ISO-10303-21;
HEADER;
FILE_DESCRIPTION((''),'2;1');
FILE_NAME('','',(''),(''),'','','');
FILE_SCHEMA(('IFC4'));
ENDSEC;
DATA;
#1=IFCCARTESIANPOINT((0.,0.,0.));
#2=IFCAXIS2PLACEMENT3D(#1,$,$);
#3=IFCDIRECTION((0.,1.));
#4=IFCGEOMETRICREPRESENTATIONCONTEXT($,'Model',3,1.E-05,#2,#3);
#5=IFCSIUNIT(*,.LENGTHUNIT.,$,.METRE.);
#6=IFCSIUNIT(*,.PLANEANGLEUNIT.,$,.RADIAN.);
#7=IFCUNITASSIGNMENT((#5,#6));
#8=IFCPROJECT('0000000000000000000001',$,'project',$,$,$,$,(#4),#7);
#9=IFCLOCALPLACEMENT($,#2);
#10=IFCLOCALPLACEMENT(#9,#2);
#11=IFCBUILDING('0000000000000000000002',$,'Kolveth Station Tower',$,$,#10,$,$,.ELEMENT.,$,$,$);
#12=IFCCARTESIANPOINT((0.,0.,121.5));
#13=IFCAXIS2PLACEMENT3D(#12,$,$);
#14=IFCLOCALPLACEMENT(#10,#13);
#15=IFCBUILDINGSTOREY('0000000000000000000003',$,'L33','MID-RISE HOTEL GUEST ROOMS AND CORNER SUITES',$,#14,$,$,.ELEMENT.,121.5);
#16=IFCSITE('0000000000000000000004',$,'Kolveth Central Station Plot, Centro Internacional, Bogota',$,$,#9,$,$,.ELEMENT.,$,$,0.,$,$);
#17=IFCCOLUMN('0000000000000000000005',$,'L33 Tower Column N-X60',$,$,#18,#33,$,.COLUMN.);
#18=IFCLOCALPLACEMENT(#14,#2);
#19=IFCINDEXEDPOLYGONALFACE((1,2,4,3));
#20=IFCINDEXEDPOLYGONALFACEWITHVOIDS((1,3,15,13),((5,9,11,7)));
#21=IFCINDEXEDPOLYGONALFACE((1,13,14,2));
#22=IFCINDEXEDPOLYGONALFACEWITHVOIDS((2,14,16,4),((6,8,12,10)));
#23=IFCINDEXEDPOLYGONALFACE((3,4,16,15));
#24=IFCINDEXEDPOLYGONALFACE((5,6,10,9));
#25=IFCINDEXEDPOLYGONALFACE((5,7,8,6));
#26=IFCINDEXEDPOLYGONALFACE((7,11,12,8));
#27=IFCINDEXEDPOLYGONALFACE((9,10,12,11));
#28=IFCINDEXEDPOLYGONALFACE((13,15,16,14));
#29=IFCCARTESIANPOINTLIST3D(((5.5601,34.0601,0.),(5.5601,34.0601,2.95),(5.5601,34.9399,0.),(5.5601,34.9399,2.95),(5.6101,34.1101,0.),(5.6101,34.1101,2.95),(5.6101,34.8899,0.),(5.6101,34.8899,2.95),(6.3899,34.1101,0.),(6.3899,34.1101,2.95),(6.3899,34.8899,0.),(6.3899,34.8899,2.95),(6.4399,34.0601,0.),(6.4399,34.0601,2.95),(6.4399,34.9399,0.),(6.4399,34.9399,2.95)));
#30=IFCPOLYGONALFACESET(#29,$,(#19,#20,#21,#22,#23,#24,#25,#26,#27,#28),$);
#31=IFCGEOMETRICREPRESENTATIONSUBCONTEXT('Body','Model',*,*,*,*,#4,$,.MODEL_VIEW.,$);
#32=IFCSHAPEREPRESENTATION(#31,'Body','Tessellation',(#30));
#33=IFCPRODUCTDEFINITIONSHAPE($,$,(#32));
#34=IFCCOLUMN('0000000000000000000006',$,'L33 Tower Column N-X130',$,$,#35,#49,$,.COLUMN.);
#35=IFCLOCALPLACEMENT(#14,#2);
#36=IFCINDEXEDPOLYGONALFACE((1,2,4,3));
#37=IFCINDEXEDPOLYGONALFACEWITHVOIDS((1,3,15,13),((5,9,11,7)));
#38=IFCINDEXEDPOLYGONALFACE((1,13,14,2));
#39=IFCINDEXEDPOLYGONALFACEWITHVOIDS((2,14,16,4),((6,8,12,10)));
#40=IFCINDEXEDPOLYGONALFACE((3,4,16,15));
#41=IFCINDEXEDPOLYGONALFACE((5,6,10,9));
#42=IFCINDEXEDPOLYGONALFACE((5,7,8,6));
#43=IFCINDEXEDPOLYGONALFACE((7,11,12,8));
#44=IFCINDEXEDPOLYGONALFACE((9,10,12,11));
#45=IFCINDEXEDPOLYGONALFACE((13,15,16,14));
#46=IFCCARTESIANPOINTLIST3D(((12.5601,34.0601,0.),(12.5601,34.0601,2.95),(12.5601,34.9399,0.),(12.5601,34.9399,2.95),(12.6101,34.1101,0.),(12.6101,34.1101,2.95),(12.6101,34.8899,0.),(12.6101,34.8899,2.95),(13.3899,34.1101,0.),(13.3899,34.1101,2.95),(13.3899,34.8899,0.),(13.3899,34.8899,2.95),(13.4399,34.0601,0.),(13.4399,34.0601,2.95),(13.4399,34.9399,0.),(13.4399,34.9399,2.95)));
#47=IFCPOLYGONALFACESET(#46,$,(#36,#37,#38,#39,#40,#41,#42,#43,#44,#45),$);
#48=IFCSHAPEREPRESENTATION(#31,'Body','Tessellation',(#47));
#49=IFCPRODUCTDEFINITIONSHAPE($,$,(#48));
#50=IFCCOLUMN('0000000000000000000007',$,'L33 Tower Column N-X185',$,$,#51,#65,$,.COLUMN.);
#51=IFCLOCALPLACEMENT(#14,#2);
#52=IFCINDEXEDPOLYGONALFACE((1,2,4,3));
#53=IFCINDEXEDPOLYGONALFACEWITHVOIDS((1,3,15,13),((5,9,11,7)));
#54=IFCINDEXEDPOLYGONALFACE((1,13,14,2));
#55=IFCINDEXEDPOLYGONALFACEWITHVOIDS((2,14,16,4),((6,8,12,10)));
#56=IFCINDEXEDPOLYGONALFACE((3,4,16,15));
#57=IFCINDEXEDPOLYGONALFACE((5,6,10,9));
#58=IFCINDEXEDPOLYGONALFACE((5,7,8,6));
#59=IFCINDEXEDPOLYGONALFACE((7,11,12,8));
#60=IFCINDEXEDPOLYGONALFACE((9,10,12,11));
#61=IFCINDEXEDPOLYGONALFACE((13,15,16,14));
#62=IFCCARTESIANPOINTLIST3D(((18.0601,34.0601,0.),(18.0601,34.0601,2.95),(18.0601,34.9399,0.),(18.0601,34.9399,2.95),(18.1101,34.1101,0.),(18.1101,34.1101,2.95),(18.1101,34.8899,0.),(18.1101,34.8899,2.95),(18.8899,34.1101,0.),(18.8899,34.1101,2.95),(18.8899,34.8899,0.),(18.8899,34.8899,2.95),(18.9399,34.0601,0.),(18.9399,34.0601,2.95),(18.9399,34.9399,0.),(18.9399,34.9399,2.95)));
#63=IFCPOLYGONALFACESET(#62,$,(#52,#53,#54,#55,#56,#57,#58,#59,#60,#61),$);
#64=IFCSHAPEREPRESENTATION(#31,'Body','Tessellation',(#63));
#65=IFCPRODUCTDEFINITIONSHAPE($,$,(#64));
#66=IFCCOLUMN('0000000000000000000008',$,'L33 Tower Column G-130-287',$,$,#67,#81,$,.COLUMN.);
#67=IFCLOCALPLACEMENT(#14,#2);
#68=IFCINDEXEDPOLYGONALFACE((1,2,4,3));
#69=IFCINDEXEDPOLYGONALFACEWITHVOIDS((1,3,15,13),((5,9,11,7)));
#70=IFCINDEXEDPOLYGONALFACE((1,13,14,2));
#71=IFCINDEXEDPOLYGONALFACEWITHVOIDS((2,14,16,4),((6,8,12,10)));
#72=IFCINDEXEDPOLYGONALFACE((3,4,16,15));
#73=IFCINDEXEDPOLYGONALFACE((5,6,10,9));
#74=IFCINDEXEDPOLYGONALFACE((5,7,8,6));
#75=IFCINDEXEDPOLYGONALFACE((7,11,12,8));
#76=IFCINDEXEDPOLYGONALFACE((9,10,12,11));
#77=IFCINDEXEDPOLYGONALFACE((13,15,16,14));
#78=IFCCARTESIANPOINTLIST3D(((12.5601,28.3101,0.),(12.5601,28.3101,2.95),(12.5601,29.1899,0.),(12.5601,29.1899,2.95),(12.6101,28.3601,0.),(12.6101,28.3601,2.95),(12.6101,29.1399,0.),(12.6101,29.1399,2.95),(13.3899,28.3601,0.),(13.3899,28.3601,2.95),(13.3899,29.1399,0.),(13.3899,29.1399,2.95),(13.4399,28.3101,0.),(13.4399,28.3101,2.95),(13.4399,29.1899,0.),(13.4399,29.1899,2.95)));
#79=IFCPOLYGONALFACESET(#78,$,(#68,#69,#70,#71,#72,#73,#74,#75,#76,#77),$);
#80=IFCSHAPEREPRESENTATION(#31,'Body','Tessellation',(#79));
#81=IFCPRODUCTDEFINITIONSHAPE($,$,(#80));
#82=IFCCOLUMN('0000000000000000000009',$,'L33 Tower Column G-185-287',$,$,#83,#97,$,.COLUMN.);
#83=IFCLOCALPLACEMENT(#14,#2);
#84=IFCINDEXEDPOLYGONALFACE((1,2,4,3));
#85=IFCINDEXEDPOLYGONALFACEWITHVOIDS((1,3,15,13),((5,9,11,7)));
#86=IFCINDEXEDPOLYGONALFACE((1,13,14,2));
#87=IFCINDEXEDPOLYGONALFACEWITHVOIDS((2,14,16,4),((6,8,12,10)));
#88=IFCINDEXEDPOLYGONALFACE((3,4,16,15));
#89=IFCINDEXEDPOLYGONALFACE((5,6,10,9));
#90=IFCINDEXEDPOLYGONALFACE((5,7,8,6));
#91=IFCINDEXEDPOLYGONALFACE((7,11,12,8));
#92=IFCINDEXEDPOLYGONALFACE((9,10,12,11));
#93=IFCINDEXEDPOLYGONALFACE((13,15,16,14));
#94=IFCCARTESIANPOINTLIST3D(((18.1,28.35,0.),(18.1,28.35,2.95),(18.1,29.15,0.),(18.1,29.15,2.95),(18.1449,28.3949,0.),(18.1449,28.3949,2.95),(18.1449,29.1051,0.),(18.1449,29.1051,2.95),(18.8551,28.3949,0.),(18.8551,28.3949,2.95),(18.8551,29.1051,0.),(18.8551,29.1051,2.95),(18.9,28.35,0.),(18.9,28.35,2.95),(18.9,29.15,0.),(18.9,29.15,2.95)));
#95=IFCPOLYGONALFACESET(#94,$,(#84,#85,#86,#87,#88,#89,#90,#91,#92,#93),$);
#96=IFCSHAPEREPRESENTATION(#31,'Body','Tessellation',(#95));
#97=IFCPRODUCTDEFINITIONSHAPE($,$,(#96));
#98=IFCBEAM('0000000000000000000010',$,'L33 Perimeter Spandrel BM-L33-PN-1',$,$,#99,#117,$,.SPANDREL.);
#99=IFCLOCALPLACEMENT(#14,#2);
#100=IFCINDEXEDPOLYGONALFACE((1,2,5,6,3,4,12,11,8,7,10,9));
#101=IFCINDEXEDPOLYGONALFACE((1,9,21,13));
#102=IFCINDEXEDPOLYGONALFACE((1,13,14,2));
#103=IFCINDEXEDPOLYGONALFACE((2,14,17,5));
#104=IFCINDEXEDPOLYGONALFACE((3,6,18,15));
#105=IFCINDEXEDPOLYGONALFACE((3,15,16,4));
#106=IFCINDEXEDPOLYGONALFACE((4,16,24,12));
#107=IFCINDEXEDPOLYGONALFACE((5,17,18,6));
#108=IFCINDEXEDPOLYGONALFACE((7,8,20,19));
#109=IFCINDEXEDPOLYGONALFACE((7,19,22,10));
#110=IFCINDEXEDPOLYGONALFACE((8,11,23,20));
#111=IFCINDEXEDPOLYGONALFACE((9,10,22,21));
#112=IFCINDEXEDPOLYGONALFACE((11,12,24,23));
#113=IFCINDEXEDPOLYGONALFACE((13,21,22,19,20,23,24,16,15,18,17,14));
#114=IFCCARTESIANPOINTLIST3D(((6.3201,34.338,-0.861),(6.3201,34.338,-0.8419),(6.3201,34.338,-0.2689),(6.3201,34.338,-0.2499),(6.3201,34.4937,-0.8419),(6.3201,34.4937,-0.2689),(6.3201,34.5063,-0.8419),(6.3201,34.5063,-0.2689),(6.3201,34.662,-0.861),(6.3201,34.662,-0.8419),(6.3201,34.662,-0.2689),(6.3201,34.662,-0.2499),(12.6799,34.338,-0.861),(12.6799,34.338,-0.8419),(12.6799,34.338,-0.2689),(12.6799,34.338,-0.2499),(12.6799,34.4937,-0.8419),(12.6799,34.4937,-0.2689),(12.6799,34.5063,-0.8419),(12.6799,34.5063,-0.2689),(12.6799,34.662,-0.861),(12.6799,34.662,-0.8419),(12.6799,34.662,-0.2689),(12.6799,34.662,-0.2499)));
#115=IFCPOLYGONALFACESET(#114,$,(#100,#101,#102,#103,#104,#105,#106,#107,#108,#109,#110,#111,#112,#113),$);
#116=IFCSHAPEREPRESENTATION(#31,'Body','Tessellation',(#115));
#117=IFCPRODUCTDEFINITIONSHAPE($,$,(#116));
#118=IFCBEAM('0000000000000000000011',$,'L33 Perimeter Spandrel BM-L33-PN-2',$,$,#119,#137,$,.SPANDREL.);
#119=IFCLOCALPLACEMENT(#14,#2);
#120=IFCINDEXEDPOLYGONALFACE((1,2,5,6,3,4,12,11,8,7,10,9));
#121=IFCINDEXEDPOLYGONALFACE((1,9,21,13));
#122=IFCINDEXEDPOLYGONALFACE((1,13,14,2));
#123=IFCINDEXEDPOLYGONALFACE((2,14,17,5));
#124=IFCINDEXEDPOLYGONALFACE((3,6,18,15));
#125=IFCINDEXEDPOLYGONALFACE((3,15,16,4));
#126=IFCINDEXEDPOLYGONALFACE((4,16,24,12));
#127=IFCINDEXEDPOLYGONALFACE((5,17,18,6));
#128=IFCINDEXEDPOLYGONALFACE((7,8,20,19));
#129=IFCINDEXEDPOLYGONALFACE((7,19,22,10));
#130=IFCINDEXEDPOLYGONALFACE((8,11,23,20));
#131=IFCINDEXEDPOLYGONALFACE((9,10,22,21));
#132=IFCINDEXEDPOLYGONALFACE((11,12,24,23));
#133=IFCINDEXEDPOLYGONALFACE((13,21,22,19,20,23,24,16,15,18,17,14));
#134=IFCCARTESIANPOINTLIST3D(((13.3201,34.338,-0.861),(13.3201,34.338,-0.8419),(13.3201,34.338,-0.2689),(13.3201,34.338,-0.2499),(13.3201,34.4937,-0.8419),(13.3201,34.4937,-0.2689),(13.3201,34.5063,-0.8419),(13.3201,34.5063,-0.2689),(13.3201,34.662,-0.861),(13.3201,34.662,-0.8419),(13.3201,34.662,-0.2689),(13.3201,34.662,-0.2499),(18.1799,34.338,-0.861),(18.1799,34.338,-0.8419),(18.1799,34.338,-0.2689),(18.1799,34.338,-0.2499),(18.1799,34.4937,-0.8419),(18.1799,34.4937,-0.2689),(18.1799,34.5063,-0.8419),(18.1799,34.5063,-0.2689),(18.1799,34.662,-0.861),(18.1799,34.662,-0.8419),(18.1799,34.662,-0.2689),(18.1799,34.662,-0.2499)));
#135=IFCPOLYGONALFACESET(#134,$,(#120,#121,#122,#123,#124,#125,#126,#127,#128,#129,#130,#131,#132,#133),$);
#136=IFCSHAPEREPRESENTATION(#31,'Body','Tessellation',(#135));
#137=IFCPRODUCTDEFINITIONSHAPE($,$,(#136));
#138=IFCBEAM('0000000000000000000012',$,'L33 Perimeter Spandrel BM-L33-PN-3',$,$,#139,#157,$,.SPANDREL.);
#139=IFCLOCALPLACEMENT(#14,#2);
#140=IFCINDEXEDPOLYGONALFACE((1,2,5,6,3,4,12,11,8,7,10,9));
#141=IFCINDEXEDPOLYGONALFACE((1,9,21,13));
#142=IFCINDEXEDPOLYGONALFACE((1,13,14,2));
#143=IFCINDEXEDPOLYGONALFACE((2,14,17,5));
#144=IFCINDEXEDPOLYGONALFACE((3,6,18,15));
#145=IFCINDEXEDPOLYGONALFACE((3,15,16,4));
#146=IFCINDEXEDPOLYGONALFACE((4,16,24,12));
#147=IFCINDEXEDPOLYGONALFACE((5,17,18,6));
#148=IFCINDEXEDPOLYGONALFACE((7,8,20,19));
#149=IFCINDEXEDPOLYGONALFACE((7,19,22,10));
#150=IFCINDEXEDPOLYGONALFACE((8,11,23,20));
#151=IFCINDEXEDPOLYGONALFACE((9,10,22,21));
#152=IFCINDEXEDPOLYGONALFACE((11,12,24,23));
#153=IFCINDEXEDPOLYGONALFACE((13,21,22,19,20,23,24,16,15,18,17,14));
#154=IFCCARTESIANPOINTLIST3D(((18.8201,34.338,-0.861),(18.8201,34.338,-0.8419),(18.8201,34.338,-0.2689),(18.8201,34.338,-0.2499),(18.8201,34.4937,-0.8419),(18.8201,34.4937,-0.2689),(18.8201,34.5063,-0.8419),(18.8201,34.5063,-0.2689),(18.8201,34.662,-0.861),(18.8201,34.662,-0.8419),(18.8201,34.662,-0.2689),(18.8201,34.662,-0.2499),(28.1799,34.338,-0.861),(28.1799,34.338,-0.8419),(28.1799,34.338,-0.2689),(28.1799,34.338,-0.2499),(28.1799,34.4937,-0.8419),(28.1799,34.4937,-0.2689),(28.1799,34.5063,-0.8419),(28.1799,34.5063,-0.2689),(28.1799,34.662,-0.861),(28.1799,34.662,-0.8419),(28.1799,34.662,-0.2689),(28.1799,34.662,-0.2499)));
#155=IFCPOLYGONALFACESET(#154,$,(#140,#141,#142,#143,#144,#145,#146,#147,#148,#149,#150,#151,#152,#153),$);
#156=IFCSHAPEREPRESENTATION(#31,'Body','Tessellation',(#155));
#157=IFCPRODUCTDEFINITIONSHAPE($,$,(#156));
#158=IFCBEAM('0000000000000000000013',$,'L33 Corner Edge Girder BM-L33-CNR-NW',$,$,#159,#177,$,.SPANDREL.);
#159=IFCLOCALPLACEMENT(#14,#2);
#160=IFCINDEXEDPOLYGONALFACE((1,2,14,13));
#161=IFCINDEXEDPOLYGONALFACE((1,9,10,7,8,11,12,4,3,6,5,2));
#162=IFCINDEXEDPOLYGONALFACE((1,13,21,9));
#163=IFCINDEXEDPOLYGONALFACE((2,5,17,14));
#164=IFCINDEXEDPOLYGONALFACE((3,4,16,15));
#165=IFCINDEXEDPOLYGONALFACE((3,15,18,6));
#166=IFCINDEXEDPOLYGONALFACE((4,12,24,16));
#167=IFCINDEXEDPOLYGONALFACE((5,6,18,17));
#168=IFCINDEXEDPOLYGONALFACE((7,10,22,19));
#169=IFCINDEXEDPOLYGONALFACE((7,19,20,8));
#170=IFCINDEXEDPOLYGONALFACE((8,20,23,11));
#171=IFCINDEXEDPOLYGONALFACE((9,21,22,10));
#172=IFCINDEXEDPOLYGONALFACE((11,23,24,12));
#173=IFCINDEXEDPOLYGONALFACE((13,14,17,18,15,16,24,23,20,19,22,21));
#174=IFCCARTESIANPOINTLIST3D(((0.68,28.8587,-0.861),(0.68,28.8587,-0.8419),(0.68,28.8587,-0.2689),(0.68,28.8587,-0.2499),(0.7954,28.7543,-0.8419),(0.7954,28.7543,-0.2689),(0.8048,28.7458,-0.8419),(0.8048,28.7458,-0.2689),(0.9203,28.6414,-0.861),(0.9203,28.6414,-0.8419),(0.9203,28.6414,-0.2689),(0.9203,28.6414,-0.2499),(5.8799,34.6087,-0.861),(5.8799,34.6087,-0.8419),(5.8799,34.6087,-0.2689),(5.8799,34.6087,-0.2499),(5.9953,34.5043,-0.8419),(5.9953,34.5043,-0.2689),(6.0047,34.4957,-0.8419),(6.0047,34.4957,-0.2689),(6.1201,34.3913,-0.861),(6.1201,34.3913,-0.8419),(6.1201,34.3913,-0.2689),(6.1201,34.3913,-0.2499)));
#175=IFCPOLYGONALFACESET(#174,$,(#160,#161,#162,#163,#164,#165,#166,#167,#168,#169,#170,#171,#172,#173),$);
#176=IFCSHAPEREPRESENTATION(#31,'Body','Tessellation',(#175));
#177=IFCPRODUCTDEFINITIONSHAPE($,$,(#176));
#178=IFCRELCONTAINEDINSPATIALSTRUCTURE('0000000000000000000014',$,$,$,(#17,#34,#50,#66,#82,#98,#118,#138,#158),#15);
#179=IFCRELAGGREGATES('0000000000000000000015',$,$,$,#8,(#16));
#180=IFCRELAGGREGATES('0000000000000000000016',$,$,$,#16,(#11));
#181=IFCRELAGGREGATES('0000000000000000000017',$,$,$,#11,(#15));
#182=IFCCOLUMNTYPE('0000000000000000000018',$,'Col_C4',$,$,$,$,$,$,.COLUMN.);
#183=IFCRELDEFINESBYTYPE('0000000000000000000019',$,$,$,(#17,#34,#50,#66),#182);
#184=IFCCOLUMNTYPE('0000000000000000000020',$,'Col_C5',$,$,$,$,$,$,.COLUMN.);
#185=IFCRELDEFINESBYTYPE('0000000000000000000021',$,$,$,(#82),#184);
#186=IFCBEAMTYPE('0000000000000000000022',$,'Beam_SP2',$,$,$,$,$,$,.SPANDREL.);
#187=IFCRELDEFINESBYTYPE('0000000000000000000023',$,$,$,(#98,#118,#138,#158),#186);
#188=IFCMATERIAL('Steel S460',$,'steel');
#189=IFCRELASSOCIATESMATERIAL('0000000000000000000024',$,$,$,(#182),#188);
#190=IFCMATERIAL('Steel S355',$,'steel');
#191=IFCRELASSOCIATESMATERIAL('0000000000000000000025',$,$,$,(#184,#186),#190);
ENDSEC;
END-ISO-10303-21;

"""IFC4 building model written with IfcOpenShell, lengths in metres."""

from ifc_helpers import new_model, si_unit, direction, frame, origin, origin_2d, place, context, subcontext, project, spatial, hollow_rectangle, i_section, extrude, source, transform, mapped, material, material_profile, profile_set, type_object, element, save


model = new_model("IFC4")

# Units and contexts
model_context = context("Model", 3, precision=1e-05, world=origin(), true_north=direction((0.0, 1.0)))
body_context = subcontext(model_context, "Body", "Model", "MODEL_VIEW")
ifc_project = project(units=[si_unit("LENGTHUNIT", "METRE"), si_unit("PLANEANGLEUNIT", "RADIAN")], contexts=[model_context])

# Site, building, storey
site_placement = place(None, origin())
site = spatial("IfcSite", under=ifc_project, at=site_placement, Name="Kolveth Central Station Plot, Centro Internacional, Bogota", CompositionType="ELEMENT", RefElevation=0.0)
building_placement = place(site_placement, origin())
building = spatial("IfcBuilding", under=site, at=building_placement, Name="Kolveth Station Tower", CompositionType="ELEMENT")
storey_placement = place(building_placement, frame((0.0, 0.0, 121.5)))
storey = spatial("IfcBuildingStorey", under=building, at=storey_placement, Name="L33", Description="MID-RISE HOTEL GUEST ROOMS AND CORNER SUITES", CompositionType="ELEMENT", Elevation=121.5)

# Columns
ifc_material_1 = material(Name="Steel S460", Category="steel")
ifc_material_profile_1 = material_profile(ifc_material_1, hollow_rectangle(XDim=0.8799, YDim=0.8799, WallThickness=0.05, at=origin_2d()), Name="BOX880x880x50")
ifc_profile_set_1 = profile_set([ifc_material_profile_1], Name="Steel S460")
column_type_1 = type_object("IfcColumnType", Name="Col_C4", PredefinedType="COLUMN", material=ifc_profile_set_1)
shared_shape_1 = source(origin(), body_context, "Body", "SweptSolid", [
    extrude(hollow_rectangle(XDim=0.8799, YDim=0.8799, WallThickness=0.05, at=origin_2d()), origin(), (0.0, 0.0, 1.0), 2.95),
])
for number, where, z_axis, x_axis, name in (
    (1, (6.0, 34.5, 0.0), (0.0, 0.0, 1.0), (1.0, 0.0, 0.0), "L33 Tower Column N-X60"),
    (2, (13.0, 34.5, 0.0), (0.0, 0.0, 1.0), (1.0, 0.0, 0.0), "L33 Tower Column N-X130"),
    (3, (18.5, 34.5, 0.0), (0.0, 0.0, 1.0), (1.0, 0.0, 0.0), "L33 Tower Column N-X185"),
    (4, (13.0, 28.75, 0.0), (0.0, 0.0, 1.0), (1.0, 0.0, 0.0), "L33 Tower Column G-130-287"),
):
    element("IfcColumn", number, at=place(storey_placement, frame(where, z_axis=z_axis, x_axis=x_axis)), inside=storey, type_object=column_type_1, Name=name, PredefinedType="COLUMN", context=body_context, shape_type="MappedRepresentation", body=[
        mapped(shared_shape_1, transform((0.0, 0.0, 0.0), x_axis=(1.0, 0.0, 0.0), y_axis=(0.0, 1.0, 0.0), z_axis=(0.0, 0.0, 1.0), scale=1.0)),
    ])
ifc_material_2 = material(Name="Steel S355", Category="steel")
ifc_material_profile_2 = material_profile(ifc_material_2, hollow_rectangle(XDim=0.8, YDim=0.8, WallThickness=0.0449, at=origin_2d()), Name="BOX800x800x45")
ifc_profile_set_2 = profile_set([ifc_material_profile_2], Name="Steel S355")
column_type_2 = type_object("IfcColumnType", Name="Col_C5", PredefinedType="COLUMN", material=ifc_profile_set_2)
shared_shape_2 = source(origin(), body_context, "Body", "SweptSolid", [
    extrude(hollow_rectangle(XDim=0.8, YDim=0.8, WallThickness=0.0449, at=origin_2d()), origin(), (0.0, 0.0, 1.0), 2.95),
])
column_placement = place(storey_placement, frame((18.5, 28.75, 0.0), z_axis=(0.0, 0.0, 1.0), x_axis=(1.0, 0.0, 0.0)))
element("IfcColumn", 5, at=column_placement, inside=storey, type_object=column_type_2, Name="L33 Tower Column G-185-287", PredefinedType="COLUMN", context=body_context, shape_type="MappedRepresentation", body=[
    mapped(shared_shape_2, transform((0.0, 0.0, 0.0), x_axis=(1.0, 0.0, 0.0), y_axis=(0.0, 1.0, 0.0), z_axis=(0.0, 0.0, 1.0), scale=1.0)),
])

# Beams
ifc_material_profile_3 = material_profile(ifc_material_2, i_section(OverallWidth=0.324, OverallDepth=0.6111, WebThickness=0.0127, FlangeThickness=0.019, at=origin_2d()), Name="W610x155")
ifc_profile_set_3 = profile_set([ifc_material_profile_3], Name="Steel S355")
beam_type_1 = type_object("IfcBeamType", Name="Beam_SP2", PredefinedType="SPANDREL", material=ifc_profile_set_3)
shared_shape_3 = source(origin(), body_context, "Body", "SweptSolid", [
    extrude(i_section(OverallWidth=0.324, OverallDepth=0.6111, WebThickness=0.0127, FlangeThickness=0.019, at=origin_2d()), origin(), (0.0, 0.0, 1.0), 6.3599),
])
beam_1_placement = place(storey_placement, frame((6.3201, 34.5, -0.5554), z_axis=(1.0, 0.0, 0.0), x_axis=(0.0, 1.0, 0.0)))
element("IfcBeam", 6, at=beam_1_placement, inside=storey, type_object=beam_type_1, Name="L33 Perimeter Spandrel BM-L33-PN-1", PredefinedType="SPANDREL", context=body_context, shape_type="MappedRepresentation", body=[
    mapped(shared_shape_3, transform((0.0, 0.0, 0.0), x_axis=(1.0, 0.0, 0.0), y_axis=(0.0, 1.0, 0.0), z_axis=(0.0, 0.0, 1.0), scale=1.0)),
])
shared_shape_4 = source(origin(), body_context, "Body", "SweptSolid", [
    extrude(i_section(OverallWidth=0.324, OverallDepth=0.6111, WebThickness=0.0127, FlangeThickness=0.019, at=origin_2d()), origin(), (0.0, 0.0, 1.0), 4.8599),
])
beam_2_placement = place(storey_placement, frame((13.3201, 34.5, -0.5554), z_axis=(1.0, 0.0, 0.0), x_axis=(0.0, 1.0, 0.0)))
element("IfcBeam", 7, at=beam_2_placement, inside=storey, type_object=beam_type_1, Name="L33 Perimeter Spandrel BM-L33-PN-2", PredefinedType="SPANDREL", context=body_context, shape_type="MappedRepresentation", body=[
    mapped(shared_shape_4, transform((0.0, 0.0, 0.0), x_axis=(1.0, 0.0, 0.0), y_axis=(0.0, 1.0, 0.0), z_axis=(0.0, 0.0, 1.0), scale=1.0)),
])
shared_shape_5 = source(origin(), body_context, "Body", "SweptSolid", [
    extrude(i_section(OverallWidth=0.324, OverallDepth=0.6111, WebThickness=0.0127, FlangeThickness=0.019, at=origin_2d()), origin(), (0.0, 0.0, 1.0), 9.3599),
])
beam_3_placement = place(storey_placement, frame((18.8201, 34.5, -0.5554), z_axis=(1.0, 0.0, 0.0), x_axis=(0.0, 1.0, 0.0)))
element("IfcBeam", 8, at=beam_3_placement, inside=storey, type_object=beam_type_1, Name="L33 Perimeter Spandrel BM-L33-PN-3", PredefinedType="SPANDREL", context=body_context, shape_type="MappedRepresentation", body=[
    mapped(shared_shape_5, transform((0.0, 0.0, 0.0), x_axis=(1.0, 0.0, 0.0), y_axis=(0.0, 1.0, 0.0), z_axis=(0.0, 0.0, 1.0), scale=1.0)),
])
shared_shape_6 = source(origin(), body_context, "Body", "SweptSolid", [
    extrude(i_section(OverallWidth=0.324, OverallDepth=0.6111, WebThickness=0.0127, FlangeThickness=0.019, at=origin_2d()), origin(), (0.0, 0.0, 1.0), 7.7524),
])
beam_4_placement = place(storey_placement, frame((6.0, 34.5, -0.5554), z_axis=(-0.670741, -0.741692, 0.0), x_axis=(0.741692, -0.670741, 0.0)))
element("IfcBeam", 9, at=beam_4_placement, inside=storey, type_object=beam_type_1, Name="L33 Corner Edge Girder BM-L33-CNR-NW", PredefinedType="SPANDREL", context=body_context, shape_type="MappedRepresentation", body=[
    mapped(shared_shape_6, transform((0.0, 0.0, 0.0), x_axis=(1.0, 0.0, 0.0), y_axis=(0.0, 1.0, 0.0), z_axis=(0.0, 0.0, 1.0), scale=1.0)),
])

save(model, "model.ifc")
